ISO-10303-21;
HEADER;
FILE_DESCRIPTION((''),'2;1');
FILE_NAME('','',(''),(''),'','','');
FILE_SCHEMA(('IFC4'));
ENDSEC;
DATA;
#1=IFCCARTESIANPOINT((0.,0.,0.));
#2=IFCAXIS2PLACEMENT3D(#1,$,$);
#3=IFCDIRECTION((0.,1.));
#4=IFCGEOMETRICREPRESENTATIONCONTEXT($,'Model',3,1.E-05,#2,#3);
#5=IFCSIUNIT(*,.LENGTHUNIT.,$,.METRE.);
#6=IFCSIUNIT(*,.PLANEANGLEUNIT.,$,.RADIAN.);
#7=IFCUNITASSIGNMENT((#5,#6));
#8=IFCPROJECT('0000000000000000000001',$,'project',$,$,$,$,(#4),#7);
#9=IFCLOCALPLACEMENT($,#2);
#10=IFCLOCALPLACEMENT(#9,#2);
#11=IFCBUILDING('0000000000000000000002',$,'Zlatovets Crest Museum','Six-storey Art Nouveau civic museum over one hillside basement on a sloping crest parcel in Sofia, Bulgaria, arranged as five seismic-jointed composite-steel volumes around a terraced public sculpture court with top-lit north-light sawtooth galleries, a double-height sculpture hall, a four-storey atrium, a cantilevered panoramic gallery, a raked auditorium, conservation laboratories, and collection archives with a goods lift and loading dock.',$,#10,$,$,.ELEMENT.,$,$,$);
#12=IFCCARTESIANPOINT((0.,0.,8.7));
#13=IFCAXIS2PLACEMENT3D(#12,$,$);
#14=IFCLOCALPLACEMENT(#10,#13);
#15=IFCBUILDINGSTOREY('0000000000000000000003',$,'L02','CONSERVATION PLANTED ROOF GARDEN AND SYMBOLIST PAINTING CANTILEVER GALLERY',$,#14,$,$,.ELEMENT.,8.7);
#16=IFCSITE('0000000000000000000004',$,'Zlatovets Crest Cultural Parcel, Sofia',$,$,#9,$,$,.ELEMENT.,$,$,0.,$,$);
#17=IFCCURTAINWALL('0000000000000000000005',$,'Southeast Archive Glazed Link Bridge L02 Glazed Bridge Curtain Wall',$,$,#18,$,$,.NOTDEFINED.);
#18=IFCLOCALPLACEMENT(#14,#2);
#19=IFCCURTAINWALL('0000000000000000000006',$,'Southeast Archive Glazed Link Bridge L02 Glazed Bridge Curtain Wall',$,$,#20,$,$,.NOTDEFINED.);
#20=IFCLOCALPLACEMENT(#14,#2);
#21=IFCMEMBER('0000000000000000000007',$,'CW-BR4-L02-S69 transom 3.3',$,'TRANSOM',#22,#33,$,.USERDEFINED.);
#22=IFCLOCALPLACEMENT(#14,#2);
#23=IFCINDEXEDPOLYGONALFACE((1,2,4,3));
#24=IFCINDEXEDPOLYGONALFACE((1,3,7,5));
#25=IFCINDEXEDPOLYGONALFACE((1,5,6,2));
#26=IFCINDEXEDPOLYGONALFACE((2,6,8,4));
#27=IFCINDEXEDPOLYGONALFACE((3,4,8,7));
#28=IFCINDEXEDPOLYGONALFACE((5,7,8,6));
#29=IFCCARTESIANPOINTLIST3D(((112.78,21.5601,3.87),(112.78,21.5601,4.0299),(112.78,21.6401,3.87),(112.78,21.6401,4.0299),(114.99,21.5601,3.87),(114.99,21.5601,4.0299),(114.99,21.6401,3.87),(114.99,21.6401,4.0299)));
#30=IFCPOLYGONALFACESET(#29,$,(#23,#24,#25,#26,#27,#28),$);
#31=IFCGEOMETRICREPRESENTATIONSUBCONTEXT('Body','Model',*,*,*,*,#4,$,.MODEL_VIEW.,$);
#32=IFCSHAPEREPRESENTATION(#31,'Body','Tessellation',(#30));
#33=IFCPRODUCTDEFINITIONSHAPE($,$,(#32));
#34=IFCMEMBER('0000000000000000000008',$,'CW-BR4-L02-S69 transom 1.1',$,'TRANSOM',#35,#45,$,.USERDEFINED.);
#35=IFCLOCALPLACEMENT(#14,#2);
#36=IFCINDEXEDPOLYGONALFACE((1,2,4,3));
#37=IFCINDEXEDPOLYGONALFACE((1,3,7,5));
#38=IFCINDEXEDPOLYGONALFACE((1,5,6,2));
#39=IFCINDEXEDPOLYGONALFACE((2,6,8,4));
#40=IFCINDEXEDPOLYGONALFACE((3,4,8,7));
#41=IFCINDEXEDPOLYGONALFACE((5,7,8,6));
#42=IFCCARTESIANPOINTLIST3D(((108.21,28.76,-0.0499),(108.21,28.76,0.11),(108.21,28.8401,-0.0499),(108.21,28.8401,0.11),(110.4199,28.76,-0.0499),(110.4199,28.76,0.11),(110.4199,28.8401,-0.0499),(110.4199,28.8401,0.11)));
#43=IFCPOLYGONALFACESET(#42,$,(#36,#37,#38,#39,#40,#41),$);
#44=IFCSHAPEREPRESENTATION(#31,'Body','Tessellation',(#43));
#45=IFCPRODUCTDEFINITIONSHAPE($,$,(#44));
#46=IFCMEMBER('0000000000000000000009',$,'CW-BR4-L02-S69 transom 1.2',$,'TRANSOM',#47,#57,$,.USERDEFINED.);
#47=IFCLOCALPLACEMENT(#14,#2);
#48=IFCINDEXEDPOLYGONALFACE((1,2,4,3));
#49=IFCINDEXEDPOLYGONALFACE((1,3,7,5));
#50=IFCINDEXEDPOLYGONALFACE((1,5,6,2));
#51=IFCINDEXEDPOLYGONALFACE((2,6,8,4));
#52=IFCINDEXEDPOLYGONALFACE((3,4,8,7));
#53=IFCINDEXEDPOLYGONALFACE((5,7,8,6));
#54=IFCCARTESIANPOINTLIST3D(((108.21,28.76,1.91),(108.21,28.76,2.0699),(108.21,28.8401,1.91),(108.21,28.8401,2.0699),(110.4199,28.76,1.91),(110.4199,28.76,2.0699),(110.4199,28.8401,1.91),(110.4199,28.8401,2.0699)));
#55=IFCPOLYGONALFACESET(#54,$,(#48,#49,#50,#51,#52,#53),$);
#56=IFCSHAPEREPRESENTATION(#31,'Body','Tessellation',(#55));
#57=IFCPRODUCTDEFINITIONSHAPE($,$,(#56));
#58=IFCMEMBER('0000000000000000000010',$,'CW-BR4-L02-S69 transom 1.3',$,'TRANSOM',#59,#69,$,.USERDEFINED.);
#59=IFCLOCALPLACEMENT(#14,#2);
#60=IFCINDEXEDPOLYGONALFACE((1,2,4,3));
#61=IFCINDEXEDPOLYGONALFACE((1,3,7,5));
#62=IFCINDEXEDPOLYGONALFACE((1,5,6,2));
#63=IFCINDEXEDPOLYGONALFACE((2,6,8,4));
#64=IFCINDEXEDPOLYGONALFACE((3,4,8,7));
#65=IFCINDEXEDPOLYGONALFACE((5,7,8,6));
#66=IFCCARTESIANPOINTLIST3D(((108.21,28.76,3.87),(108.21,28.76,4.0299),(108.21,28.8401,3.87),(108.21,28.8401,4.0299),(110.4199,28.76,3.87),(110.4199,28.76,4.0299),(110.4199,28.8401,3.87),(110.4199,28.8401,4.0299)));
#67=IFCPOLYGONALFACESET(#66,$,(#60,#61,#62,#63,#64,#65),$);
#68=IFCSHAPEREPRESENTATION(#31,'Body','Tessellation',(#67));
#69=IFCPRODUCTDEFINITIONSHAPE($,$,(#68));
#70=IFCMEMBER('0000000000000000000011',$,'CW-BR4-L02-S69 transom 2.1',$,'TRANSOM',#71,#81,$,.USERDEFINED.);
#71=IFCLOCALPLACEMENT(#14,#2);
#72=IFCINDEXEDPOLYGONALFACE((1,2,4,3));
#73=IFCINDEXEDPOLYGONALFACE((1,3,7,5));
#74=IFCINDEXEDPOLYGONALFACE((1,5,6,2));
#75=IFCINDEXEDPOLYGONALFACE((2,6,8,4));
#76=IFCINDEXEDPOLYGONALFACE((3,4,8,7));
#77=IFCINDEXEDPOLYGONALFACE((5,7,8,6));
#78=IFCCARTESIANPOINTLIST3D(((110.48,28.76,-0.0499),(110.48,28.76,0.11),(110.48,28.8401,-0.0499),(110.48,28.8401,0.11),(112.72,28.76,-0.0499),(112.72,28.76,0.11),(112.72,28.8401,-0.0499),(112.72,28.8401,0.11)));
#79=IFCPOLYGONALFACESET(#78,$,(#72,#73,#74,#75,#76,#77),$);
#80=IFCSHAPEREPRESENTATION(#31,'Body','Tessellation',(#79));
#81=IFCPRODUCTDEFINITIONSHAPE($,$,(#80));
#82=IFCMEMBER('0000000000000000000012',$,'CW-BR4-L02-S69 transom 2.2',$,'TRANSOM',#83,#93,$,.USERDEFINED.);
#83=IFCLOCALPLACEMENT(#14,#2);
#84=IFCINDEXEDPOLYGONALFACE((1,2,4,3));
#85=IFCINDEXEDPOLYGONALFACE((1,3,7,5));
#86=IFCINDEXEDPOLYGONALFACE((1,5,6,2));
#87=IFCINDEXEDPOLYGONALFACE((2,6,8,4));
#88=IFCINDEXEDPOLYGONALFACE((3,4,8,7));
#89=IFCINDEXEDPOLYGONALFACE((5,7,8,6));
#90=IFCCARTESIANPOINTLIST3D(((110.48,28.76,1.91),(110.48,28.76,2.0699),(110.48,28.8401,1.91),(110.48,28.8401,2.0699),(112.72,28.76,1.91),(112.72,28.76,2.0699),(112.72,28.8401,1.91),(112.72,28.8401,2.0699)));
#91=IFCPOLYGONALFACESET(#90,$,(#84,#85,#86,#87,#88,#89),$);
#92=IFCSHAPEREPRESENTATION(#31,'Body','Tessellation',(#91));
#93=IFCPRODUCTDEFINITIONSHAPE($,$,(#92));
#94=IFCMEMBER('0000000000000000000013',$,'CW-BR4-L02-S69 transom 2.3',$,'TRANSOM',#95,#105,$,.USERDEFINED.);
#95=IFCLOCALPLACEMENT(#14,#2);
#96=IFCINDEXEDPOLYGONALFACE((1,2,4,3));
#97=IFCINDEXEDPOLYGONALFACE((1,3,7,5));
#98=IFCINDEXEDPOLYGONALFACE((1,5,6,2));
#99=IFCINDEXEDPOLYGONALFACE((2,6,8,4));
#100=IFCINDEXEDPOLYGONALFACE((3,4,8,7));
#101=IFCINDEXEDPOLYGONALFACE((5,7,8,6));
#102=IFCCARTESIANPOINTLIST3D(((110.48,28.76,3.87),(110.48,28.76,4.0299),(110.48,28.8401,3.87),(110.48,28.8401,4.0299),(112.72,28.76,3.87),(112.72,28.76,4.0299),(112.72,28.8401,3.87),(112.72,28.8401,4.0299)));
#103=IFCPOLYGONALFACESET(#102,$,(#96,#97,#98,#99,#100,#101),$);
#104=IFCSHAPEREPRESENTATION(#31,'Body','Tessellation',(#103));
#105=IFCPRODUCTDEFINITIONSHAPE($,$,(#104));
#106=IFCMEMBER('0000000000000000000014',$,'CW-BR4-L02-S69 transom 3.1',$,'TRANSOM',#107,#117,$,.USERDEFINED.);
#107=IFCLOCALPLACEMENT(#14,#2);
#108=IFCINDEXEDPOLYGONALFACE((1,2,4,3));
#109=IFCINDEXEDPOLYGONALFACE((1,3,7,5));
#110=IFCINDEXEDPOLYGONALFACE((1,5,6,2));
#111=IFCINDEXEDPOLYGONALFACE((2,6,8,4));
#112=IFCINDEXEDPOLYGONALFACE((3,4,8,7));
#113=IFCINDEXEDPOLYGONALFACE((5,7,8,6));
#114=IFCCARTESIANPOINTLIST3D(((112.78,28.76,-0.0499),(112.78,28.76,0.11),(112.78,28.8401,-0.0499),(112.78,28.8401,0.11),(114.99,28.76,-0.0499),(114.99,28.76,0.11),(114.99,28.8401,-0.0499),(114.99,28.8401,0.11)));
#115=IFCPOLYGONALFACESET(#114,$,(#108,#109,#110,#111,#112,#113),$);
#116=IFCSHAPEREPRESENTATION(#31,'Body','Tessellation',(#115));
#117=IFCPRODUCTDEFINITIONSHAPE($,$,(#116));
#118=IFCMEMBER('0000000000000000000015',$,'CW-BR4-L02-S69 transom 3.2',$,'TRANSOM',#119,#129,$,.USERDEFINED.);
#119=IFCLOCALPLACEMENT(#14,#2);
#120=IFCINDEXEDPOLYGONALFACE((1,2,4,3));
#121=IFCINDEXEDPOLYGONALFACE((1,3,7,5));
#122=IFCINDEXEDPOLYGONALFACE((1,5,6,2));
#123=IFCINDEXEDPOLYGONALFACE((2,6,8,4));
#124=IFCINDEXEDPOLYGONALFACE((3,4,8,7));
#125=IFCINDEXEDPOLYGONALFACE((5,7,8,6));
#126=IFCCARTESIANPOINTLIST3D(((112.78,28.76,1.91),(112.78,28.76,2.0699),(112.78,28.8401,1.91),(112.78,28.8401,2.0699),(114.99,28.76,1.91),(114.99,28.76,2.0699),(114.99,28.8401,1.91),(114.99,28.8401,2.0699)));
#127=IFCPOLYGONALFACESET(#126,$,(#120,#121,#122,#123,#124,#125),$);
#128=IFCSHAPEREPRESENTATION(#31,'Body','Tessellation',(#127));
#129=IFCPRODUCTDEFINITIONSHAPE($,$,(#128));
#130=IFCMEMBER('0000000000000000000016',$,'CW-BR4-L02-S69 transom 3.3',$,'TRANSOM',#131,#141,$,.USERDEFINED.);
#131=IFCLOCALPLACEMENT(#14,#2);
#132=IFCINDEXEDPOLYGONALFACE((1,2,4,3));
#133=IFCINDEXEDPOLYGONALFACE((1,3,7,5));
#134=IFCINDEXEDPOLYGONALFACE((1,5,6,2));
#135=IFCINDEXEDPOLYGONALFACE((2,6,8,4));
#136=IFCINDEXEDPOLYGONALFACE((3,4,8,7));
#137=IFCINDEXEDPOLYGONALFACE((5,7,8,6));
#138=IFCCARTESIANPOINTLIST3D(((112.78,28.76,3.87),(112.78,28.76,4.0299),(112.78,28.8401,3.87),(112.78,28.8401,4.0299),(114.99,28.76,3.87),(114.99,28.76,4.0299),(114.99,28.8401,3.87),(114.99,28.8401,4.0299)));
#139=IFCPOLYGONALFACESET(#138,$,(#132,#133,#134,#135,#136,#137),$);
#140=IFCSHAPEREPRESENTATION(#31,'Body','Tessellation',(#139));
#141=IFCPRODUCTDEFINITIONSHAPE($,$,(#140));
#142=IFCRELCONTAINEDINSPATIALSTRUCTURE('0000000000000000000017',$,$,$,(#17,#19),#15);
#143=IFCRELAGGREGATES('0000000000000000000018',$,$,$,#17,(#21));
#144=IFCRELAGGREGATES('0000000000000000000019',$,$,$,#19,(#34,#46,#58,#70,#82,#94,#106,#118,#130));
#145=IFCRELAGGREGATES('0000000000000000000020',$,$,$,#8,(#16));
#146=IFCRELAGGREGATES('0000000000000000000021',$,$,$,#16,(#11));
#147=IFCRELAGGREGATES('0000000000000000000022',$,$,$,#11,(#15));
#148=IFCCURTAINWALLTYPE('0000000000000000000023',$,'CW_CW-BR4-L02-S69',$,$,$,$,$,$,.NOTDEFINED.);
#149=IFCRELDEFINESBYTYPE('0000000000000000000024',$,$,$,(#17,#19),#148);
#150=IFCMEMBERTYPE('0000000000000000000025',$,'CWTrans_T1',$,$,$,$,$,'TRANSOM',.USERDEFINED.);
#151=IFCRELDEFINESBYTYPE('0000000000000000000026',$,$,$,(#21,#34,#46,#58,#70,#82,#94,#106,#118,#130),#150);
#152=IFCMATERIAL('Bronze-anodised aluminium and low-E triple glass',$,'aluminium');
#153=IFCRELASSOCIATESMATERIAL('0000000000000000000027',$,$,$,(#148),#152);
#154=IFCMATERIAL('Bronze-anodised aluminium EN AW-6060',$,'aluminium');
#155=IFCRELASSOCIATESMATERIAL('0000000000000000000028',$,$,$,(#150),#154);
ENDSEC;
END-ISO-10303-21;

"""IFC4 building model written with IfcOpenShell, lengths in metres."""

from ifc_helpers import new_model, si_unit, direction, frame, origin, origin_2d, place, context, subcontext, project, spatial, rectangle, extrude, material, material_profile, profile_set, type_object, element, aggregate, save


model = new_model("IFC4")

# Units and contexts
model_context = context("Model", 3, precision=1e-05, world=origin(), true_north=direction((0.0, 1.0)))
body_context = subcontext(model_context, "Body", "Model", "MODEL_VIEW")
ifc_project = project(units=[si_unit("LENGTHUNIT", "METRE"), si_unit("PLANEANGLEUNIT", "RADIAN")], contexts=[model_context])

# Site, building, storey
site_placement = place(None, origin())
site = spatial("IfcSite", under=ifc_project, at=site_placement, Name="Zlatovets Crest Cultural Parcel, Sofia", CompositionType="ELEMENT", RefElevation=0.0)
building_placement = place(site_placement, origin())
building = spatial("IfcBuilding", under=site, at=building_placement, Name="Zlatovets Crest Museum", Description="Six-storey Art Nouveau civic museum over one hillside basement on a sloping crest parcel in Sofia, Bulgaria, arranged as five seismic-jointed composite-steel volumes around a terraced public sculpture court with top-lit north-light sawtooth galleries, a double-height sculpture hall, a four-storey atrium, a cantilevered panoramic gallery, a raked auditorium, conservation laboratories, and collection archives with a goods lift and loading dock.", CompositionType="ELEMENT")
storey_placement = place(building_placement, frame((0.0, 0.0, 8.7)))
storey = spatial("IfcBuildingStorey", under=building, at=storey_placement, Name="L02", Description="CONSERVATION PLANTED ROOF GARDEN AND SYMBOLIST PAINTING CANTILEVER GALLERY", CompositionType="ELEMENT", Elevation=8.7)

# Curtain wall
ifc_material_1 = material(Name="Bronze-anodised aluminium and low-E triple glass", Category="aluminium")
curtain_wall_type = type_object("IfcCurtainWallType", Name="CW_CW-BR4-L02-S69", PredefinedType="NOTDEFINED", material=ifc_material_1)
curtain_wall_1_placement = place(storey_placement, origin())
curtain_wall_1 = element("IfcCurtainWall", 1, at=curtain_wall_1_placement, inside=storey, type_object=curtain_wall_type, Name="Southeast Archive Glazed Link Bridge L02 Glazed Bridge Curtain Wall", PredefinedType="NOTDEFINED")
ifc_material_2 = material(Name="Bronze-anodised aluminium EN AW-6060", Category="aluminium")

# Curtain wall
curtain_wall_2_placement = place(storey_placement, origin())
curtain_wall_2 = element("IfcCurtainWall", 2, at=curtain_wall_2_placement, inside=storey, type_object=curtain_wall_type, Name="Southeast Archive Glazed Link Bridge L02 Glazed Bridge Curtain Wall", PredefinedType="NOTDEFINED")

# Members
ifc_material_profile_1 = material_profile(ifc_material_2, rectangle(XDim=0.0801, YDim=0.1599, at=origin_2d()), Name="ALU 80x160")
ifc_profile_set_1 = profile_set([ifc_material_profile_1], Name="Bronze-anodised aluminium EN AW-6060")
member_type_1 = type_object("IfcMemberType", Name="CWTrans_T1", ElementType="TRANSOM", PredefinedType="USERDEFINED", material=ifc_profile_set_1)
member_1_placement = place(storey_placement, frame((112.78, 21.6001, 3.95), z_axis=(1.0, 0.0, 0.0), x_axis=(0.0, 1.0, 0.0)))
member_1 = element("IfcMember", 3, at=member_1_placement, type_object=member_type_1, Name="CW-BR4-L02-S69 transom 3.3", ObjectType="TRANSOM", PredefinedType="USERDEFINED", context=body_context, shape_type="SweptSolid", body=[
    extrude(rectangle(XDim=0.0801, YDim=0.1599, at=origin_2d()), origin(), (0.0, 0.0, 1.0), 2.21),
])
member_2_placement = place(storey_placement, frame((108.21, 28.8, 0.03), z_axis=(1.0, 0.0, 0.0), x_axis=(0.0, 1.0, 0.0)))
member_2 = element("IfcMember", 4, at=member_2_placement, type_object=member_type_1, Name="CW-BR4-L02-S69 transom 1.1", ObjectType="TRANSOM", PredefinedType="USERDEFINED", context=body_context, shape_type="SweptSolid", body=[
    extrude(rectangle(XDim=0.0801, YDim=0.1599, at=origin_2d()), origin(), (0.0, 0.0, 1.0), 2.21),
])
member_3_placement = place(storey_placement, frame((108.21, 28.8, 1.99), z_axis=(1.0, 0.0, 0.0), x_axis=(0.0, 1.0, 0.0)))
member_3 = element("IfcMember", 5, at=member_3_placement, type_object=member_type_1, Name="CW-BR4-L02-S69 transom 1.2", ObjectType="TRANSOM", PredefinedType="USERDEFINED", context=body_context, shape_type="SweptSolid", body=[
    extrude(rectangle(XDim=0.0801, YDim=0.1599, at=origin_2d()), origin(), (0.0, 0.0, 1.0), 2.21),
])
member_4_placement = place(storey_placement, frame((108.21, 28.8, 3.95), z_axis=(1.0, 0.0, 0.0), x_axis=(0.0, 1.0, 0.0)))
member_4 = element("IfcMember", 6, at=member_4_placement, type_object=member_type_1, Name="CW-BR4-L02-S69 transom 1.3", ObjectType="TRANSOM", PredefinedType="USERDEFINED", context=body_context, shape_type="SweptSolid", body=[
    extrude(rectangle(XDim=0.0801, YDim=0.1599, at=origin_2d()), origin(), (0.0, 0.0, 1.0), 2.21),
])
member_5_placement = place(storey_placement, frame((110.48, 28.8, 0.03), z_axis=(1.0, 0.0, 0.0), x_axis=(0.0, 1.0, 0.0)))
member_5 = element("IfcMember", 7, at=member_5_placement, type_object=member_type_1, Name="CW-BR4-L02-S69 transom 2.1", ObjectType="TRANSOM", PredefinedType="USERDEFINED", context=body_context, shape_type="SweptSolid", body=[
    extrude(rectangle(XDim=0.0801, YDim=0.1599, at=origin_2d()), origin(), (0.0, 0.0, 1.0), 2.24),
])
member_6_placement = place(storey_placement, frame((110.48, 28.8, 1.99), z_axis=(1.0, 0.0, 0.0), x_axis=(0.0, 1.0, 0.0)))
member_6 = element("IfcMember", 8, at=member_6_placement, type_object=member_type_1, Name="CW-BR4-L02-S69 transom 2.2", ObjectType="TRANSOM", PredefinedType="USERDEFINED", context=body_context, shape_type="SweptSolid", body=[
    extrude(rectangle(XDim=0.0801, YDim=0.1599, at=origin_2d()), origin(), (0.0, 0.0, 1.0), 2.24),
])
member_7_placement = place(storey_placement, frame((110.48, 28.8, 3.95), z_axis=(1.0, 0.0, 0.0), x_axis=(0.0, 1.0, 0.0)))
member_7 = element("IfcMember", 9, at=member_7_placement, type_object=member_type_1, Name="CW-BR4-L02-S69 transom 2.3", ObjectType="TRANSOM", PredefinedType="USERDEFINED", context=body_context, shape_type="SweptSolid", body=[
    extrude(rectangle(XDim=0.0801, YDim=0.1599, at=origin_2d()), origin(), (0.0, 0.0, 1.0), 2.24),
])
member_8_placement = place(storey_placement, frame((112.78, 28.8, 0.03), z_axis=(1.0, 0.0, 0.0), x_axis=(0.0, 1.0, 0.0)))
member_8 = element("IfcMember", 10, at=member_8_placement, type_object=member_type_1, Name="CW-BR4-L02-S69 transom 3.1", ObjectType="TRANSOM", PredefinedType="USERDEFINED", context=body_context, shape_type="SweptSolid", body=[
    extrude(rectangle(XDim=0.0801, YDim=0.1599, at=origin_2d()), origin(), (0.0, 0.0, 1.0), 2.21),
])
member_9_placement = place(storey_placement, frame((112.78, 28.8, 1.99), z_axis=(1.0, 0.0, 0.0), x_axis=(0.0, 1.0, 0.0)))
member_9 = element("IfcMember", 11, at=member_9_placement, type_object=member_type_1, Name="CW-BR4-L02-S69 transom 3.2", ObjectType="TRANSOM", PredefinedType="USERDEFINED", context=body_context, shape_type="SweptSolid", body=[
    extrude(rectangle(XDim=0.0801, YDim=0.1599, at=origin_2d()), origin(), (0.0, 0.0, 1.0), 2.21),
])
member_10_placement = place(storey_placement, frame((112.78, 28.8, 3.95), z_axis=(1.0, 0.0, 0.0), x_axis=(0.0, 1.0, 0.0)))
member_10 = element("IfcMember", 12, at=member_10_placement, type_object=member_type_1, Name="CW-BR4-L02-S69 transom 3.3", ObjectType="TRANSOM", PredefinedType="USERDEFINED", context=body_context, shape_type="SweptSolid", body=[
    extrude(rectangle(XDim=0.0801, YDim=0.1599, at=origin_2d()), origin(), (0.0, 0.0, 1.0), 2.21),
])

aggregate(curtain_wall_1, [member_1])
aggregate(curtain_wall_2, [member_2, member_3, member_4, member_5, member_6, member_7, member_8, member_9, member_10])

save(model, "model.ifc")
